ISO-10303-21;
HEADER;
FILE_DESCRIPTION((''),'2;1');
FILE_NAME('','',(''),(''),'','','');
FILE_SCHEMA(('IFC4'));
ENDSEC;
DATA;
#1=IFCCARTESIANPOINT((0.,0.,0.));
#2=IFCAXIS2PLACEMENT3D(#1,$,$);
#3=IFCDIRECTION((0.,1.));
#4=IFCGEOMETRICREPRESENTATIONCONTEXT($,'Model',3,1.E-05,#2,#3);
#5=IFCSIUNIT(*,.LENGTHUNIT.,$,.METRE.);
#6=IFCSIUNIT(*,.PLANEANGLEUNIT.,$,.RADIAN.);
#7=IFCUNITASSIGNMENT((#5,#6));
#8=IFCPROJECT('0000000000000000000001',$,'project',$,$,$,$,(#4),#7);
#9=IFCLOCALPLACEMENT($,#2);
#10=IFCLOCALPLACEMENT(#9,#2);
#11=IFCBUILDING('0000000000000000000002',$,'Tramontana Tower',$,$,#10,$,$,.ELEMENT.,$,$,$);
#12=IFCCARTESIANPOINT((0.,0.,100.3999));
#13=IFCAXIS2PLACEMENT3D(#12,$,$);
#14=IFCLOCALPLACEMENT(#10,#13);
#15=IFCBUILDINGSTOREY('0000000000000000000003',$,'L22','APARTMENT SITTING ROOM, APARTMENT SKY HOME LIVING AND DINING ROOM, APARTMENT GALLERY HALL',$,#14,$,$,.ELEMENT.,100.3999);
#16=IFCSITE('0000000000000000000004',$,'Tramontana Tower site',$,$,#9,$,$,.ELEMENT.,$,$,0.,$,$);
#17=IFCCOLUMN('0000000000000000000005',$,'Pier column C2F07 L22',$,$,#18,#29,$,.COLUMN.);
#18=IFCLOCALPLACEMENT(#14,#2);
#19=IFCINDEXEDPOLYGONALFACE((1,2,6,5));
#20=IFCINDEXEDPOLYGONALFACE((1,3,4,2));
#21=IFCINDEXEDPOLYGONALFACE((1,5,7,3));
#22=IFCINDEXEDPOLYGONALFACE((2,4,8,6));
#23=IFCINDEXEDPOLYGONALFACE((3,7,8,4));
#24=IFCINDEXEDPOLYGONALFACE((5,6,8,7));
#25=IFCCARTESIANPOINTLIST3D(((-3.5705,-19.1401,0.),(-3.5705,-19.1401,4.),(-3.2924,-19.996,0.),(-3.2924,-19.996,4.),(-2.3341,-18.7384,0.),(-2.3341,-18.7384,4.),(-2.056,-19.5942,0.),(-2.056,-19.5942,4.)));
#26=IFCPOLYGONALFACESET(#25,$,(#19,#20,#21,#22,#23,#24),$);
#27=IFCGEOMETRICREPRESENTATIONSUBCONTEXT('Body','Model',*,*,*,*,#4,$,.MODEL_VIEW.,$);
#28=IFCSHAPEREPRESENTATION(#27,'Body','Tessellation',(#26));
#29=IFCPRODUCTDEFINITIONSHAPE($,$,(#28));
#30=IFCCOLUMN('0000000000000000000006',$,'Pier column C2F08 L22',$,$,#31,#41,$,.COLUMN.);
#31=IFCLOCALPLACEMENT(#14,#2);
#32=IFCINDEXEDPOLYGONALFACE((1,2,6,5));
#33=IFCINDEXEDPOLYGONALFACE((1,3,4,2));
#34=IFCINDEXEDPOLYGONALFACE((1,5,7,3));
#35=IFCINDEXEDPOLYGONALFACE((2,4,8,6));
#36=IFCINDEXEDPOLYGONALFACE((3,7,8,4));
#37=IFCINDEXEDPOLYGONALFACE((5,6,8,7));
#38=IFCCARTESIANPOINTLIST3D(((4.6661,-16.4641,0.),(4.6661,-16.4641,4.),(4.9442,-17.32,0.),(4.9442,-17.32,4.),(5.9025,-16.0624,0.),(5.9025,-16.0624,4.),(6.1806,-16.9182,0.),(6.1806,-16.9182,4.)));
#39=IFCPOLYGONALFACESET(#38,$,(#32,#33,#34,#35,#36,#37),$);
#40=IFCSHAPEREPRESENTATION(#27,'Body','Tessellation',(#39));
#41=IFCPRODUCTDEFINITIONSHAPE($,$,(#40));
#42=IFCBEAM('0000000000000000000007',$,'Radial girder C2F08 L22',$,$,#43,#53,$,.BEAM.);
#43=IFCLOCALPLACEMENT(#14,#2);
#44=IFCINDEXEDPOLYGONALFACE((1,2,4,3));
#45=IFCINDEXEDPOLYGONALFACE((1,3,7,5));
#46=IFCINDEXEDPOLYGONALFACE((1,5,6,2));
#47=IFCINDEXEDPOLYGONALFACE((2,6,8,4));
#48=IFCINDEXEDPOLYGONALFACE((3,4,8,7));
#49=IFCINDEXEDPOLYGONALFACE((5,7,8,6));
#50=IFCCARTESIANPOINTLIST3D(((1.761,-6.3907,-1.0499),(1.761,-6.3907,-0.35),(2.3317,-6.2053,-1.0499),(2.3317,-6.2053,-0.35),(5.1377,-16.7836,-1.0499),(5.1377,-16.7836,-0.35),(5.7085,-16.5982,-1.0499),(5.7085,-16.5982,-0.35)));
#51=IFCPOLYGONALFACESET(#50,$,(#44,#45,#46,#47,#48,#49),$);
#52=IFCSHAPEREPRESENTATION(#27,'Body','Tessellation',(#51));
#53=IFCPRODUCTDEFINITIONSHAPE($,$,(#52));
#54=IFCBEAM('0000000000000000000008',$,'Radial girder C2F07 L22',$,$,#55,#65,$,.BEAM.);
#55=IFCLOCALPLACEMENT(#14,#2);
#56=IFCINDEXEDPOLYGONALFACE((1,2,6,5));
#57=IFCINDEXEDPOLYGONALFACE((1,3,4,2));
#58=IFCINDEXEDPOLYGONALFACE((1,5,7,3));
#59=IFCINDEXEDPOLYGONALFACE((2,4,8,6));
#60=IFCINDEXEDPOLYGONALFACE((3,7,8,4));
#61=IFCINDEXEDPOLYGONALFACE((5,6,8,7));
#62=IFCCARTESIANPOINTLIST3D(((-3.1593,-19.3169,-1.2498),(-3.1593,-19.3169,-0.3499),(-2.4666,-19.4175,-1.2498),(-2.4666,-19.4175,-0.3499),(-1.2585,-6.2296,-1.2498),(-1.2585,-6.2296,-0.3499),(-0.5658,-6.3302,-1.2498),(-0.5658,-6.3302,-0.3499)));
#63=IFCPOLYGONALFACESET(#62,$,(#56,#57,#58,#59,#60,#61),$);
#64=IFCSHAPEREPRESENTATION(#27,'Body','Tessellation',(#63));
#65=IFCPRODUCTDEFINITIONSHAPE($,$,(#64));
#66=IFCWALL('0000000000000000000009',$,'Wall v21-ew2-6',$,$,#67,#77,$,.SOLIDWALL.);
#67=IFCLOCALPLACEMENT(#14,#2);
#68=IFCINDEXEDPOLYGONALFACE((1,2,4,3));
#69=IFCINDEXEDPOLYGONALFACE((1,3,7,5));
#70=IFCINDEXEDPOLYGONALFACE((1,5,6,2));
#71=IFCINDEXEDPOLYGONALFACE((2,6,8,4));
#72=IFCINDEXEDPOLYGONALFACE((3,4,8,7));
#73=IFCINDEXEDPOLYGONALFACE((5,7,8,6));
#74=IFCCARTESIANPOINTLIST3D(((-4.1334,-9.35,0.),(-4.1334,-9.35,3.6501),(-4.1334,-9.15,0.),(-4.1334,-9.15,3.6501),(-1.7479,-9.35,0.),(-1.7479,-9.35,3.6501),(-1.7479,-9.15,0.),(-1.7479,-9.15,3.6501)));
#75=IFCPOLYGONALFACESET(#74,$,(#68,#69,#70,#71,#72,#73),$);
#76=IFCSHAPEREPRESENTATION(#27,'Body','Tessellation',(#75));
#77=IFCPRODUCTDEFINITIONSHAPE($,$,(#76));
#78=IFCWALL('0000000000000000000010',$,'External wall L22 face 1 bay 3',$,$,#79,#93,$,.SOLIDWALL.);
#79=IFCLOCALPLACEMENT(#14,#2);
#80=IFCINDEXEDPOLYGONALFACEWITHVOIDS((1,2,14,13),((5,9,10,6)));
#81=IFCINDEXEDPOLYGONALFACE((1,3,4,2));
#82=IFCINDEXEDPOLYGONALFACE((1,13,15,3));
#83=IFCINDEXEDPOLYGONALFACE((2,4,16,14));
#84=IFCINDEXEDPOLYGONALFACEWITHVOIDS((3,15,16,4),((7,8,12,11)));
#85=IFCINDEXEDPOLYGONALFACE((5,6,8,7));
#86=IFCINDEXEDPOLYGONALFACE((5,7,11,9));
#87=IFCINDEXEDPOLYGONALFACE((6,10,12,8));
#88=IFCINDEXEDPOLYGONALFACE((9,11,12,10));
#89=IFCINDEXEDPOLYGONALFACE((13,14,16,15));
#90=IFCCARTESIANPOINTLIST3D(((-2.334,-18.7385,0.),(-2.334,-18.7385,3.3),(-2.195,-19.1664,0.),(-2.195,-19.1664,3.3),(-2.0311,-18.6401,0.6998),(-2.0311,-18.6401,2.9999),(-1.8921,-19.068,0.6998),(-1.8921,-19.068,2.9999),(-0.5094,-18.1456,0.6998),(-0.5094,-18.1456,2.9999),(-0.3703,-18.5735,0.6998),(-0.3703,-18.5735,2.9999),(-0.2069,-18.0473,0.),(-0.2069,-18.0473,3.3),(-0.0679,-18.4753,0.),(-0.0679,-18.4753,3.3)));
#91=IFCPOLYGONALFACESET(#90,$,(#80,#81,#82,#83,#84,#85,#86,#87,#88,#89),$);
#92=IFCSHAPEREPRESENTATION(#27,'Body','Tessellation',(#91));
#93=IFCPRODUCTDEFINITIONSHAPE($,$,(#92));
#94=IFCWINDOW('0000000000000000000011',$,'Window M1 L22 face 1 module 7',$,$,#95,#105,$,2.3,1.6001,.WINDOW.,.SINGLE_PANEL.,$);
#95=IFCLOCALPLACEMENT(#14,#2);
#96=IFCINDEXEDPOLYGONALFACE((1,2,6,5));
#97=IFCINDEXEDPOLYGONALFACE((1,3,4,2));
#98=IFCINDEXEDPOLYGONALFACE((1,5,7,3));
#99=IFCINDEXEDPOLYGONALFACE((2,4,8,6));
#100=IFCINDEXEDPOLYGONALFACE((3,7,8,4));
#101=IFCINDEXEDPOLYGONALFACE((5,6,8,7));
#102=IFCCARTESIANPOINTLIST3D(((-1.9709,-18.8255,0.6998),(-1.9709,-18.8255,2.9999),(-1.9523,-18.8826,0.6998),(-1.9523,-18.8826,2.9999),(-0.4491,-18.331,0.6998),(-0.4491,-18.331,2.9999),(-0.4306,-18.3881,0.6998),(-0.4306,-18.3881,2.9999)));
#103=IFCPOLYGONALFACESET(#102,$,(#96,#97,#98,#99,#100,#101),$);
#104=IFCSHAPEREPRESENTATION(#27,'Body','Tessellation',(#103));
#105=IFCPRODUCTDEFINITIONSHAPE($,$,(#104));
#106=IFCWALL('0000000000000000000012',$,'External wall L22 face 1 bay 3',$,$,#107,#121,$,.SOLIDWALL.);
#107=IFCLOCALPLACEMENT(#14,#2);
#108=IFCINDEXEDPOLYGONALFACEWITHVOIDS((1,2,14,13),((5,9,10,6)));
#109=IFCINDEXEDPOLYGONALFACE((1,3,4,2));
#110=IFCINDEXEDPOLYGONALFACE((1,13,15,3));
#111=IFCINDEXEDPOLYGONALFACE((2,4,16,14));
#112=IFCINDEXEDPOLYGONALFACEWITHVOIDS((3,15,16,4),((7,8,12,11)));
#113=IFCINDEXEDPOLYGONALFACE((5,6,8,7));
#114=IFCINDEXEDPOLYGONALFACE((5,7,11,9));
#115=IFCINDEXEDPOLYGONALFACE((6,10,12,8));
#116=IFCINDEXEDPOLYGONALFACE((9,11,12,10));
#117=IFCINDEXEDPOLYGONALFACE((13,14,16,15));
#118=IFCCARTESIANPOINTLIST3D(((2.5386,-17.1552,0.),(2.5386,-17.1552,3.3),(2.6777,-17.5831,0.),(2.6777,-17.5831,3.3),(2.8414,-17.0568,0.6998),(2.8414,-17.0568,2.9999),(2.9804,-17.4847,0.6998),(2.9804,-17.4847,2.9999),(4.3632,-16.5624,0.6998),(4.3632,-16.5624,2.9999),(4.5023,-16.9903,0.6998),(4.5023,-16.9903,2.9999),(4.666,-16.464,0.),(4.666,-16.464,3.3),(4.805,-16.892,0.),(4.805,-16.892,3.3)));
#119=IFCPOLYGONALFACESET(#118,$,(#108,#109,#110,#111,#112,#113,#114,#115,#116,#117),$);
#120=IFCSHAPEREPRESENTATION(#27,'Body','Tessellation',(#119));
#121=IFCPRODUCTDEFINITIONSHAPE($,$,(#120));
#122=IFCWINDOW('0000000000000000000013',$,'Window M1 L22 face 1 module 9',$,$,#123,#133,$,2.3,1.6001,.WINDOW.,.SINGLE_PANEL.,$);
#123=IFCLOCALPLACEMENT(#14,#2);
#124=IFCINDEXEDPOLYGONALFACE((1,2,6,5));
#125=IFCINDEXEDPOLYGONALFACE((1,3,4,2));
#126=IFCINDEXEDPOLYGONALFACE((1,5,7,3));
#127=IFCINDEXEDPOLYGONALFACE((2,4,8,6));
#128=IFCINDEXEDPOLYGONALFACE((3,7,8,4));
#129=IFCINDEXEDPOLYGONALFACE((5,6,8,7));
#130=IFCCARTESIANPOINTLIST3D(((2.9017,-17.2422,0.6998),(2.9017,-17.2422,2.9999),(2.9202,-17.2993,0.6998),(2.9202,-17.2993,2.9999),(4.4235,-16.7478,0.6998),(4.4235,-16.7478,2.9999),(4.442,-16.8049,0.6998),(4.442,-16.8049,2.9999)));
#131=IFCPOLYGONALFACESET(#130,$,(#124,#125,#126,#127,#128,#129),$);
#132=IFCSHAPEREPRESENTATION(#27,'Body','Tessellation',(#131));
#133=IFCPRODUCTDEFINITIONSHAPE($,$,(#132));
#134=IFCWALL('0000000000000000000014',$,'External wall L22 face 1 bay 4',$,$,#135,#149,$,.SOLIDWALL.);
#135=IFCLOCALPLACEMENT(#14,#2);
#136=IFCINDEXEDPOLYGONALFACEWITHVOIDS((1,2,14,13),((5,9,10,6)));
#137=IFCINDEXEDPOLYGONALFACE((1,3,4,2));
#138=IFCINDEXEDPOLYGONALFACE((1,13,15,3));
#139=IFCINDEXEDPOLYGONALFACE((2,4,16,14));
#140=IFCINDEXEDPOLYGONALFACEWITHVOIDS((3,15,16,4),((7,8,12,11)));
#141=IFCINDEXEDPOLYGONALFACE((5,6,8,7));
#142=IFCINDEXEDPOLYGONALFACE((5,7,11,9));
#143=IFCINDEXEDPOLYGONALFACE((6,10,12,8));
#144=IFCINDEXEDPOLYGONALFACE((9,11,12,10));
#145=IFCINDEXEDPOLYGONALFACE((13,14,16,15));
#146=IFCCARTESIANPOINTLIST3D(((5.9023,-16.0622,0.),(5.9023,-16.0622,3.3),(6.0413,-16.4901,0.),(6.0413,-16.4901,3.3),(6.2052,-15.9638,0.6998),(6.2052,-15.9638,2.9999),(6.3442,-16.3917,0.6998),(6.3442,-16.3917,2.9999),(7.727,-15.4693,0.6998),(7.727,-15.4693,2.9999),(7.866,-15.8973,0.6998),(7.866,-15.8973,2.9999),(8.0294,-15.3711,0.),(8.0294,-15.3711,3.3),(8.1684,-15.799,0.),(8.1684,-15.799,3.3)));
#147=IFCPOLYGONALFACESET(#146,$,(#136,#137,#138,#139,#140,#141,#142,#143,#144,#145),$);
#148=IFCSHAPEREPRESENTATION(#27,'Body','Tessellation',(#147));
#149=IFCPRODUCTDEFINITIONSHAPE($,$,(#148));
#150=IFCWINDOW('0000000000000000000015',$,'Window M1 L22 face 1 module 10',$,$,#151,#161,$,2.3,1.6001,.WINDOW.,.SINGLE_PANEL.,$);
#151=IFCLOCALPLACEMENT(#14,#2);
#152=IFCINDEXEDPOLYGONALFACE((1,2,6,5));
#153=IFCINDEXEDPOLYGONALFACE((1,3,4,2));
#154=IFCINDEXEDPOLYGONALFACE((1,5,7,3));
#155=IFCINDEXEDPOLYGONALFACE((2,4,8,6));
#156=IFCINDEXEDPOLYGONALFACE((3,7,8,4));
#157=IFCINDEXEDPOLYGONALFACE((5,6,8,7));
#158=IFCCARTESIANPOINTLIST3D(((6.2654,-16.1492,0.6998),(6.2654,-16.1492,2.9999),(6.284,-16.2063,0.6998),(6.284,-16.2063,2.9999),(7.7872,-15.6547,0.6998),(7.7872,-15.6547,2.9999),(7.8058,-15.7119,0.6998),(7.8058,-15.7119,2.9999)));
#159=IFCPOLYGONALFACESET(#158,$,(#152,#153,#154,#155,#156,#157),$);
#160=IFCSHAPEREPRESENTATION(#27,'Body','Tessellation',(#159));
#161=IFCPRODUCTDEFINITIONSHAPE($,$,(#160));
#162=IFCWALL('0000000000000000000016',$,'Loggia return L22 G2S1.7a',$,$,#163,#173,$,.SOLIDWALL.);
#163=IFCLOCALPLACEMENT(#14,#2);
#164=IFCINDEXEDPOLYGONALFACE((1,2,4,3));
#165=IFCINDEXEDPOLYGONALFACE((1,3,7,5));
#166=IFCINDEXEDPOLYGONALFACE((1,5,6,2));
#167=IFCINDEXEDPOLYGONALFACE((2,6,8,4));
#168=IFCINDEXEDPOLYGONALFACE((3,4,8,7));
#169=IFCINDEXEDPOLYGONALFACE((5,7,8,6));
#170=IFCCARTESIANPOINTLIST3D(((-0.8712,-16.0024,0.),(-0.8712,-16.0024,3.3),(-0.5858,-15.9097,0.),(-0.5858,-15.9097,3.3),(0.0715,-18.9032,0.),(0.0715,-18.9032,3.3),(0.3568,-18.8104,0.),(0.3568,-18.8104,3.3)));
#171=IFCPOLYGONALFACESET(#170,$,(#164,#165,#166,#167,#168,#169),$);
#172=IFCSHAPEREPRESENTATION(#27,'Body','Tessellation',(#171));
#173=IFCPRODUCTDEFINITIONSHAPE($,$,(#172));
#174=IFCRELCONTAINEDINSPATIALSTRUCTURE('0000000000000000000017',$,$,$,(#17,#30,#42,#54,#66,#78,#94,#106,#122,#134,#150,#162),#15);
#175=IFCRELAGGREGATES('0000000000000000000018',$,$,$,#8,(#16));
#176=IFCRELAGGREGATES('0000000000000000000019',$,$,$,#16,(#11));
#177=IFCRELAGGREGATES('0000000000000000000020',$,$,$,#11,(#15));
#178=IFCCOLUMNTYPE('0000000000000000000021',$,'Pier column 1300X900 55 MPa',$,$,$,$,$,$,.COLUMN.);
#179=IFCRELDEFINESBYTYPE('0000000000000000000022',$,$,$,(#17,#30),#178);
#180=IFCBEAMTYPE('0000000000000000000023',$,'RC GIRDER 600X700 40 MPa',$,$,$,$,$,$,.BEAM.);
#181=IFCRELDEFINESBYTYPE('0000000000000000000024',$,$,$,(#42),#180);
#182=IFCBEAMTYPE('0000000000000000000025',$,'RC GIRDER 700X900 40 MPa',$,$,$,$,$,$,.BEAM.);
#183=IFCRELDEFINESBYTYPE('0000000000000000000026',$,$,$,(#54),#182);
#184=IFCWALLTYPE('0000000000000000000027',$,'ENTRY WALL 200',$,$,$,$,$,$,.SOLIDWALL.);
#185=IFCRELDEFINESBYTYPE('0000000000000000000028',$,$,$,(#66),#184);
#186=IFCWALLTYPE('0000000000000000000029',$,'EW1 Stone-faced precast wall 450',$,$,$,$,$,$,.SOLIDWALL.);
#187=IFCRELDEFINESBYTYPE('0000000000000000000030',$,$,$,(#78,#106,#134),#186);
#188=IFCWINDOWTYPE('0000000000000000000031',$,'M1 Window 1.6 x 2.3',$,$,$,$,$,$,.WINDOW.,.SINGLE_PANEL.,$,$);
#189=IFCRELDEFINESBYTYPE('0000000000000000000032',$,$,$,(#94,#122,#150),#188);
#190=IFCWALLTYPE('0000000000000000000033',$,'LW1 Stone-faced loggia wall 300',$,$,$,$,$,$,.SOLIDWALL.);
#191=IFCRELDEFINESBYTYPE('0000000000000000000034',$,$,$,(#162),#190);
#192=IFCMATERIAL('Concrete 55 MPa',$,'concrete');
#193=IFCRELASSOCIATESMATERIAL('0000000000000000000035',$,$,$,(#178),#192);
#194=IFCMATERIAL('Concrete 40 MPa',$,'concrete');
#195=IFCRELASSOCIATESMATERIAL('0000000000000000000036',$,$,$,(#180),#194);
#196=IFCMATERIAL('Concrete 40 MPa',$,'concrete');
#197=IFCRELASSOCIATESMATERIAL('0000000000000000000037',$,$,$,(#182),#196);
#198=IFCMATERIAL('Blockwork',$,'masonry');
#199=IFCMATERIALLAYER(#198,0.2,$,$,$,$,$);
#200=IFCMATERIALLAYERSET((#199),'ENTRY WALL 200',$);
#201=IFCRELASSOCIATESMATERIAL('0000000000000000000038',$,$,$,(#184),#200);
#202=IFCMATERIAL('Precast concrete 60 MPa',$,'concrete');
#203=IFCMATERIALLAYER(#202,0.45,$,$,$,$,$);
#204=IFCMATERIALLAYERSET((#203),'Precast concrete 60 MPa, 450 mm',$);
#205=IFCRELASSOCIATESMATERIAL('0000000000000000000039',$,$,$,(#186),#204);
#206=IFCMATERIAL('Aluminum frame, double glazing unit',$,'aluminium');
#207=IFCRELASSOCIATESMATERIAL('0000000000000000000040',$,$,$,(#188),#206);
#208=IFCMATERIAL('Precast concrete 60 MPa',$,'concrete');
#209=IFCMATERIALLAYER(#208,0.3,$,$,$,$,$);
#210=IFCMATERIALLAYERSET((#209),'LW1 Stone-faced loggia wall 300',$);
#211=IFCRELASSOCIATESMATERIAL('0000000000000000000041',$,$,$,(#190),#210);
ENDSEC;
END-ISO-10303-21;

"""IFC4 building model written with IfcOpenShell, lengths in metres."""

from ifc_helpers import new_model, si_unit, direction, frame, frame_2d, origin, origin_2d, place, context, subcontext, project, spatial, rectangle, extrude, material, layer, layer_set, material_profile, profile_set, type_object, element, fill, save


model = new_model("IFC4")

# Units and contexts
model_context = context("Model", 3, precision=1e-05, world=origin(), true_north=direction((0.0, 1.0)))
body_context = subcontext(model_context, "Body", "Model", "MODEL_VIEW")
ifc_project = project(units=[si_unit("LENGTHUNIT", "METRE"), si_unit("PLANEANGLEUNIT", "RADIAN")], contexts=[model_context])

# Site, building, storey
site_placement = place(None, origin())
site = spatial("IfcSite", under=ifc_project, at=site_placement, Name="Tramontana Tower site", CompositionType="ELEMENT", RefElevation=0.0)
building_placement = place(site_placement, origin())
building = spatial("IfcBuilding", under=site, at=building_placement, Name="Tramontana Tower", CompositionType="ELEMENT")
storey_placement = place(building_placement, frame((0.0, 0.0, 100.3999)))
storey = spatial("IfcBuildingStorey", under=building, at=storey_placement, Name="L22", Description="APARTMENT SITTING ROOM, APARTMENT SKY HOME LIVING AND DINING ROOM, APARTMENT GALLERY HALL", CompositionType="ELEMENT", Elevation=100.3999)

# Columns
ifc_material_1 = material(Name="Concrete 55 MPa", Category="concrete")
ifc_material_profile_1 = material_profile(ifc_material_1, rectangle(XDim=1.3, YDim=0.8999, at=origin_2d()), Name="Pier column 1300X900 55 MPa")
ifc_profile_set_1 = profile_set([ifc_material_profile_1], Name="Concrete 55 MPa")
column_type = type_object("IfcColumnType", Name="Pier column 1300X900 55 MPa", PredefinedType="COLUMN", material=ifc_profile_set_1)
for number, where, z_axis, x_axis, name in (
    (1, (-2.8132, -19.3672, 0.0), (0.0, 0.0, 1.0), (0.951057, 0.309017, 0.0), "Pier column C2F07 L22"),
    (2, (5.4233, -16.6912, 0.0), (0.0, 0.0, 1.0), (0.951057, 0.309017, 0.0), "Pier column C2F08 L22"),
):
    element("IfcColumn", number, at=place(storey_placement, frame(where, z_axis=z_axis, x_axis=x_axis)), inside=storey, type_object=column_type, Name=name, PredefinedType="COLUMN", context=body_context, shape_type="SweptSolid", body=[
        extrude(rectangle(XDim=1.3, YDim=0.8999, at=origin_2d()), origin(), (0.0, 0.0, 1.0), 4.0),
    ])

# Beams
ifc_material_2 = material(Name="Concrete 40 MPa", Category="concrete")
ifc_material_profile_2 = material_profile(ifc_material_2, rectangle(XDim=0.6001, YDim=0.7, at=origin_2d()), Name="RC GIRDER 600X700 40 MPa")
ifc_profile_set_2 = profile_set([ifc_material_profile_2], Name="Concrete 40 MPa")
beam_type_1 = type_object("IfcBeamType", Name="RC GIRDER 600X700 40 MPa", PredefinedType="BEAM", material=ifc_profile_set_2)
beam_1_placement = place(storey_placement, frame((5.4231, -16.6909, -0.7), z_axis=(-0.309007, 0.95106, 0.0), x_axis=(-0.95106, -0.309007, 0.0)))
element("IfcBeam", 3, at=beam_1_placement, inside=storey, type_object=beam_type_1, Name="Radial girder C2F08 L22", PredefinedType="BEAM", context=body_context, shape_type="SweptSolid", body=[
    extrude(rectangle(XDim=0.6001, YDim=0.7, at=origin_2d()), origin(), (0.0, 0.0, 1.0), 10.9277),
])
ifc_material_3 = material(Name="Concrete 40 MPa", Category="concrete")
ifc_material_profile_3 = material_profile(ifc_material_3, rectangle(XDim=0.7, YDim=0.8999, at=origin_2d()), Name="RC GIRDER 700X900 40 MPa")
ifc_profile_set_3 = profile_set([ifc_material_profile_3], Name="Concrete 40 MPa")
beam_type_2 = type_object("IfcBeamType", Name="RC GIRDER 700X900 40 MPa", PredefinedType="BEAM", material=ifc_profile_set_3)
beam_2_placement = place(storey_placement, frame((-2.813, -19.3672, -0.7998), z_axis=(0.143737, 0.989616, 0.0), x_axis=(-0.989616, 0.143737, 0.0)))
element("IfcBeam", 4, at=beam_2_placement, inside=storey, type_object=beam_type_2, Name="Radial girder C2F07 L22", PredefinedType="BEAM", context=body_context, shape_type="SweptSolid", body=[
    extrude(rectangle(XDim=0.7, YDim=0.8999, at=origin_2d()), origin(), (0.0, 0.0, 1.0), 13.2246),
])

# Wall
ifc_material_4 = material(Name="Blockwork", Category="masonry")
ifc_layer_1 = layer(ifc_material_4, 0.2)
ifc_layer_set_1 = layer_set([ifc_layer_1], Name="ENTRY WALL 200")
wall_type_1 = type_object("IfcWallType", Name="ENTRY WALL 200", PredefinedType="SOLIDWALL", material=ifc_layer_set_1)
wall_1_placement = place(storey_placement, frame((-1.7478, -9.25, 0.0), z_axis=(0.0, 0.0, 1.0), x_axis=(-1.0, 0.0, 0.0)))
element("IfcWall", 5, at=wall_1_placement, inside=storey, type_object=wall_type_1, Name="Wall v21-ew2-6", PredefinedType="SOLIDWALL", context=body_context, shape_type="SweptSolid", body=[
    extrude(rectangle(XDim=2.3855, YDim=0.2, at=frame_2d((1.1929, 0.0))), origin(), (0.0, 0.0, 1.0), 3.6501),
])

# Walls, openings, windows
ifc_material_5 = material(Name="Precast concrete 60 MPa", Category="concrete")
ifc_layer_2 = layer(ifc_material_5, 0.45)
ifc_layer_set_2 = layer_set([ifc_layer_2], Name="Precast concrete 60 MPa, 450 mm")
wall_type_2 = type_object("IfcWallType", Name="EW1 Stone-faced precast wall 450", PredefinedType="SOLIDWALL", material=ifc_layer_set_2)
wall_2_placement = place(storey_placement, frame((-2.2644, -18.9524, 0.0), z_axis=(0.0, 0.0, 1.0), x_axis=(0.951057, 0.309014, 0.0)))
wall_2 = element("IfcWall", 6, at=wall_2_placement, inside=storey, type_object=wall_type_2, Name="External wall L22 face 1 bay 3", PredefinedType="SOLIDWALL", context=body_context, shape_type="SweptSolid", body=[
    extrude(rectangle(XDim=2.2366, YDim=0.45, at=frame_2d((1.1182, 0.0))), origin(), (0.0, 0.0, 1.0), 3.3),
])
opening_1_placement = place(wall_2_placement, frame((0.3184, 0.0, 0.7)))
opening_1 = element("IfcOpeningElement", 7, at=opening_1_placement, cuts=wall_2, PredefinedType="OPENING", context=body_context, shape_type="SweptSolid", body=[
    extrude(rectangle(XDim=1.6001, YDim=2.3, at=frame_2d((0.8, 1.1499))), frame((0.0, 0.2349, 0.0), z_axis=(0.0, -1.0, 0.0), x_axis=(1.0, 0.0, 0.0)), (0.0, 0.0, 1.0), 0.47),
])
ifc_material_6 = material(Name="Aluminum frame, double glazing unit", Category="aluminium")
window_type = type_object("IfcWindowType", Name="M1 Window 1.6 x 2.3", PartitioningType="SINGLE_PANEL", PredefinedType="WINDOW", material=ifc_material_6)
window_1_placement = place(opening_1_placement, origin())
window_1 = element("IfcWindow", 8, at=window_1_placement, inside=storey, type_object=window_type, Name="Window M1 L22 face 1 module 7", OverallHeight=2.3, OverallWidth=1.6001, PartitioningType="SINGLE_PANEL", PredefinedType="WINDOW", context=body_context, shape_type="SweptSolid", body=[
    extrude(rectangle(XDim=1.6001, YDim=2.3, at=frame_2d((0.8, 1.1499))), frame((0.0, 0.03, 0.0), z_axis=(0.0, -1.0, 0.0), x_axis=(1.0, 0.0, 0.0)), (0.0, 0.0, 1.0), 0.0601),
])
fill(opening_1, window_1)
wall_3_placement = place(storey_placement, frame((2.6082, -17.3691, 0.0), z_axis=(0.0, 0.0, 1.0), x_axis=(0.951068, 0.308982, 0.0)))
wall_3 = element("IfcWall", 9, at=wall_3_placement, inside=storey, type_object=wall_type_2, Name="External wall L22 face 1 bay 3", PredefinedType="SOLIDWALL", context=body_context, shape_type="SweptSolid", body=[
    extrude(rectangle(XDim=2.2368, YDim=0.45, at=frame_2d((1.1184, 0.0))), origin(), (0.0, 0.0, 1.0), 3.3),
])
opening_2_placement = place(wall_3_placement, frame((0.3184, 0.0, 0.7)))
opening_2 = element("IfcOpeningElement", 10, at=opening_2_placement, cuts=wall_3, PredefinedType="OPENING", context=body_context, shape_type="SweptSolid", body=[
    extrude(rectangle(XDim=1.6001, YDim=2.3, at=frame_2d((0.8, 1.1499))), frame((0.0, 0.2349, 0.0), z_axis=(0.0, -1.0, 0.0), x_axis=(1.0, 0.0, 0.0)), (0.0, 0.0, 1.0), 0.47),
])
window_2_placement = place(opening_2_placement, origin())
window_2 = element("IfcWindow", 11, at=window_2_placement, inside=storey, type_object=window_type, Name="Window M1 L22 face 1 module 9", OverallHeight=2.3, OverallWidth=1.6001, PartitioningType="SINGLE_PANEL", PredefinedType="WINDOW", context=body_context, shape_type="SweptSolid", body=[
    extrude(rectangle(XDim=1.6001, YDim=2.3, at=frame_2d((0.8, 1.1499))), frame((0.0, 0.03, 0.0), z_axis=(0.0, -1.0, 0.0), x_axis=(1.0, 0.0, 0.0)), (0.0, 0.0, 1.0), 0.0601),
])
fill(opening_2, window_2)
wall_4_placement = place(storey_placement, frame((5.9719, -16.2761, 0.0), z_axis=(0.0, 0.0, 1.0), x_axis=(0.951057, 0.309014, 0.0)))
wall_4 = element("IfcWall", 12, at=wall_4_placement, inside=storey, type_object=wall_type_2, Name="External wall L22 face 1 bay 4", PredefinedType="SOLIDWALL", context=body_context, shape_type="SweptSolid", body=[
    extrude(rectangle(XDim=2.2366, YDim=0.45, at=frame_2d((1.1182, 0.0))), origin(), (0.0, 0.0, 1.0), 3.3),
])
opening_3_placement = place(wall_4_placement, frame((0.3184, 0.0, 0.7)))
opening_3 = element("IfcOpeningElement", 13, at=opening_3_placement, cuts=wall_4, PredefinedType="OPENING", context=body_context, shape_type="SweptSolid", body=[
    extrude(rectangle(XDim=1.6001, YDim=2.3, at=frame_2d((0.8, 1.1499))), frame((0.0, 0.2349, 0.0), z_axis=(0.0, -1.0, 0.0), x_axis=(1.0, 0.0, 0.0)), (0.0, 0.0, 1.0), 0.47),
])
window_3_placement = place(opening_3_placement, origin())
window_3 = element("IfcWindow", 14, at=window_3_placement, inside=storey, type_object=window_type, Name="Window M1 L22 face 1 module 10", OverallHeight=2.3, OverallWidth=1.6001, PartitioningType="SINGLE_PANEL", PredefinedType="WINDOW", context=body_context, shape_type="SweptSolid", body=[
    extrude(rectangle(XDim=1.6001, YDim=2.3, at=frame_2d((0.8, 1.1499))), frame((0.0, 0.03, 0.0), z_axis=(0.0, -1.0, 0.0), x_axis=(1.0, 0.0, 0.0)), (0.0, 0.0, 1.0), 0.0601),
])
fill(opening_3, window_3)

# Shared definitions
ifc_material_7 = material(Name="Precast concrete 60 MPa", Category="concrete")
ifc_layer_3 = layer(ifc_material_7, 0.3)
ifc_layer_set_3 = layer_set([ifc_layer_3], Name="LW1 Stone-faced loggia wall 300")
wall_type_3 = type_object("IfcWallType", Name="LW1 Stone-faced loggia wall 300", PredefinedType="SOLIDWALL", material=ifc_layer_set_3)

# Wall
wall_5_placement = place(storey_placement, frame((0.2141, -18.8567, 0.0), z_axis=(0.0, 0.0, 1.0), x_axis=(-0.309063, 0.951042, 0.0)))
element("IfcWall", 15, at=wall_5_placement, inside=storey, type_object=wall_type_3, Name="Loggia return L22 G2S1.7a", PredefinedType="SOLIDWALL", context=body_context, shape_type="SweptSolid", body=[
    extrude(rectangle(XDim=3.05, YDim=0.3, at=frame_2d((1.5249, 0.0))), origin(), (0.0, 0.0, 1.0), 3.3),
])

save(model, "model.ifc")
